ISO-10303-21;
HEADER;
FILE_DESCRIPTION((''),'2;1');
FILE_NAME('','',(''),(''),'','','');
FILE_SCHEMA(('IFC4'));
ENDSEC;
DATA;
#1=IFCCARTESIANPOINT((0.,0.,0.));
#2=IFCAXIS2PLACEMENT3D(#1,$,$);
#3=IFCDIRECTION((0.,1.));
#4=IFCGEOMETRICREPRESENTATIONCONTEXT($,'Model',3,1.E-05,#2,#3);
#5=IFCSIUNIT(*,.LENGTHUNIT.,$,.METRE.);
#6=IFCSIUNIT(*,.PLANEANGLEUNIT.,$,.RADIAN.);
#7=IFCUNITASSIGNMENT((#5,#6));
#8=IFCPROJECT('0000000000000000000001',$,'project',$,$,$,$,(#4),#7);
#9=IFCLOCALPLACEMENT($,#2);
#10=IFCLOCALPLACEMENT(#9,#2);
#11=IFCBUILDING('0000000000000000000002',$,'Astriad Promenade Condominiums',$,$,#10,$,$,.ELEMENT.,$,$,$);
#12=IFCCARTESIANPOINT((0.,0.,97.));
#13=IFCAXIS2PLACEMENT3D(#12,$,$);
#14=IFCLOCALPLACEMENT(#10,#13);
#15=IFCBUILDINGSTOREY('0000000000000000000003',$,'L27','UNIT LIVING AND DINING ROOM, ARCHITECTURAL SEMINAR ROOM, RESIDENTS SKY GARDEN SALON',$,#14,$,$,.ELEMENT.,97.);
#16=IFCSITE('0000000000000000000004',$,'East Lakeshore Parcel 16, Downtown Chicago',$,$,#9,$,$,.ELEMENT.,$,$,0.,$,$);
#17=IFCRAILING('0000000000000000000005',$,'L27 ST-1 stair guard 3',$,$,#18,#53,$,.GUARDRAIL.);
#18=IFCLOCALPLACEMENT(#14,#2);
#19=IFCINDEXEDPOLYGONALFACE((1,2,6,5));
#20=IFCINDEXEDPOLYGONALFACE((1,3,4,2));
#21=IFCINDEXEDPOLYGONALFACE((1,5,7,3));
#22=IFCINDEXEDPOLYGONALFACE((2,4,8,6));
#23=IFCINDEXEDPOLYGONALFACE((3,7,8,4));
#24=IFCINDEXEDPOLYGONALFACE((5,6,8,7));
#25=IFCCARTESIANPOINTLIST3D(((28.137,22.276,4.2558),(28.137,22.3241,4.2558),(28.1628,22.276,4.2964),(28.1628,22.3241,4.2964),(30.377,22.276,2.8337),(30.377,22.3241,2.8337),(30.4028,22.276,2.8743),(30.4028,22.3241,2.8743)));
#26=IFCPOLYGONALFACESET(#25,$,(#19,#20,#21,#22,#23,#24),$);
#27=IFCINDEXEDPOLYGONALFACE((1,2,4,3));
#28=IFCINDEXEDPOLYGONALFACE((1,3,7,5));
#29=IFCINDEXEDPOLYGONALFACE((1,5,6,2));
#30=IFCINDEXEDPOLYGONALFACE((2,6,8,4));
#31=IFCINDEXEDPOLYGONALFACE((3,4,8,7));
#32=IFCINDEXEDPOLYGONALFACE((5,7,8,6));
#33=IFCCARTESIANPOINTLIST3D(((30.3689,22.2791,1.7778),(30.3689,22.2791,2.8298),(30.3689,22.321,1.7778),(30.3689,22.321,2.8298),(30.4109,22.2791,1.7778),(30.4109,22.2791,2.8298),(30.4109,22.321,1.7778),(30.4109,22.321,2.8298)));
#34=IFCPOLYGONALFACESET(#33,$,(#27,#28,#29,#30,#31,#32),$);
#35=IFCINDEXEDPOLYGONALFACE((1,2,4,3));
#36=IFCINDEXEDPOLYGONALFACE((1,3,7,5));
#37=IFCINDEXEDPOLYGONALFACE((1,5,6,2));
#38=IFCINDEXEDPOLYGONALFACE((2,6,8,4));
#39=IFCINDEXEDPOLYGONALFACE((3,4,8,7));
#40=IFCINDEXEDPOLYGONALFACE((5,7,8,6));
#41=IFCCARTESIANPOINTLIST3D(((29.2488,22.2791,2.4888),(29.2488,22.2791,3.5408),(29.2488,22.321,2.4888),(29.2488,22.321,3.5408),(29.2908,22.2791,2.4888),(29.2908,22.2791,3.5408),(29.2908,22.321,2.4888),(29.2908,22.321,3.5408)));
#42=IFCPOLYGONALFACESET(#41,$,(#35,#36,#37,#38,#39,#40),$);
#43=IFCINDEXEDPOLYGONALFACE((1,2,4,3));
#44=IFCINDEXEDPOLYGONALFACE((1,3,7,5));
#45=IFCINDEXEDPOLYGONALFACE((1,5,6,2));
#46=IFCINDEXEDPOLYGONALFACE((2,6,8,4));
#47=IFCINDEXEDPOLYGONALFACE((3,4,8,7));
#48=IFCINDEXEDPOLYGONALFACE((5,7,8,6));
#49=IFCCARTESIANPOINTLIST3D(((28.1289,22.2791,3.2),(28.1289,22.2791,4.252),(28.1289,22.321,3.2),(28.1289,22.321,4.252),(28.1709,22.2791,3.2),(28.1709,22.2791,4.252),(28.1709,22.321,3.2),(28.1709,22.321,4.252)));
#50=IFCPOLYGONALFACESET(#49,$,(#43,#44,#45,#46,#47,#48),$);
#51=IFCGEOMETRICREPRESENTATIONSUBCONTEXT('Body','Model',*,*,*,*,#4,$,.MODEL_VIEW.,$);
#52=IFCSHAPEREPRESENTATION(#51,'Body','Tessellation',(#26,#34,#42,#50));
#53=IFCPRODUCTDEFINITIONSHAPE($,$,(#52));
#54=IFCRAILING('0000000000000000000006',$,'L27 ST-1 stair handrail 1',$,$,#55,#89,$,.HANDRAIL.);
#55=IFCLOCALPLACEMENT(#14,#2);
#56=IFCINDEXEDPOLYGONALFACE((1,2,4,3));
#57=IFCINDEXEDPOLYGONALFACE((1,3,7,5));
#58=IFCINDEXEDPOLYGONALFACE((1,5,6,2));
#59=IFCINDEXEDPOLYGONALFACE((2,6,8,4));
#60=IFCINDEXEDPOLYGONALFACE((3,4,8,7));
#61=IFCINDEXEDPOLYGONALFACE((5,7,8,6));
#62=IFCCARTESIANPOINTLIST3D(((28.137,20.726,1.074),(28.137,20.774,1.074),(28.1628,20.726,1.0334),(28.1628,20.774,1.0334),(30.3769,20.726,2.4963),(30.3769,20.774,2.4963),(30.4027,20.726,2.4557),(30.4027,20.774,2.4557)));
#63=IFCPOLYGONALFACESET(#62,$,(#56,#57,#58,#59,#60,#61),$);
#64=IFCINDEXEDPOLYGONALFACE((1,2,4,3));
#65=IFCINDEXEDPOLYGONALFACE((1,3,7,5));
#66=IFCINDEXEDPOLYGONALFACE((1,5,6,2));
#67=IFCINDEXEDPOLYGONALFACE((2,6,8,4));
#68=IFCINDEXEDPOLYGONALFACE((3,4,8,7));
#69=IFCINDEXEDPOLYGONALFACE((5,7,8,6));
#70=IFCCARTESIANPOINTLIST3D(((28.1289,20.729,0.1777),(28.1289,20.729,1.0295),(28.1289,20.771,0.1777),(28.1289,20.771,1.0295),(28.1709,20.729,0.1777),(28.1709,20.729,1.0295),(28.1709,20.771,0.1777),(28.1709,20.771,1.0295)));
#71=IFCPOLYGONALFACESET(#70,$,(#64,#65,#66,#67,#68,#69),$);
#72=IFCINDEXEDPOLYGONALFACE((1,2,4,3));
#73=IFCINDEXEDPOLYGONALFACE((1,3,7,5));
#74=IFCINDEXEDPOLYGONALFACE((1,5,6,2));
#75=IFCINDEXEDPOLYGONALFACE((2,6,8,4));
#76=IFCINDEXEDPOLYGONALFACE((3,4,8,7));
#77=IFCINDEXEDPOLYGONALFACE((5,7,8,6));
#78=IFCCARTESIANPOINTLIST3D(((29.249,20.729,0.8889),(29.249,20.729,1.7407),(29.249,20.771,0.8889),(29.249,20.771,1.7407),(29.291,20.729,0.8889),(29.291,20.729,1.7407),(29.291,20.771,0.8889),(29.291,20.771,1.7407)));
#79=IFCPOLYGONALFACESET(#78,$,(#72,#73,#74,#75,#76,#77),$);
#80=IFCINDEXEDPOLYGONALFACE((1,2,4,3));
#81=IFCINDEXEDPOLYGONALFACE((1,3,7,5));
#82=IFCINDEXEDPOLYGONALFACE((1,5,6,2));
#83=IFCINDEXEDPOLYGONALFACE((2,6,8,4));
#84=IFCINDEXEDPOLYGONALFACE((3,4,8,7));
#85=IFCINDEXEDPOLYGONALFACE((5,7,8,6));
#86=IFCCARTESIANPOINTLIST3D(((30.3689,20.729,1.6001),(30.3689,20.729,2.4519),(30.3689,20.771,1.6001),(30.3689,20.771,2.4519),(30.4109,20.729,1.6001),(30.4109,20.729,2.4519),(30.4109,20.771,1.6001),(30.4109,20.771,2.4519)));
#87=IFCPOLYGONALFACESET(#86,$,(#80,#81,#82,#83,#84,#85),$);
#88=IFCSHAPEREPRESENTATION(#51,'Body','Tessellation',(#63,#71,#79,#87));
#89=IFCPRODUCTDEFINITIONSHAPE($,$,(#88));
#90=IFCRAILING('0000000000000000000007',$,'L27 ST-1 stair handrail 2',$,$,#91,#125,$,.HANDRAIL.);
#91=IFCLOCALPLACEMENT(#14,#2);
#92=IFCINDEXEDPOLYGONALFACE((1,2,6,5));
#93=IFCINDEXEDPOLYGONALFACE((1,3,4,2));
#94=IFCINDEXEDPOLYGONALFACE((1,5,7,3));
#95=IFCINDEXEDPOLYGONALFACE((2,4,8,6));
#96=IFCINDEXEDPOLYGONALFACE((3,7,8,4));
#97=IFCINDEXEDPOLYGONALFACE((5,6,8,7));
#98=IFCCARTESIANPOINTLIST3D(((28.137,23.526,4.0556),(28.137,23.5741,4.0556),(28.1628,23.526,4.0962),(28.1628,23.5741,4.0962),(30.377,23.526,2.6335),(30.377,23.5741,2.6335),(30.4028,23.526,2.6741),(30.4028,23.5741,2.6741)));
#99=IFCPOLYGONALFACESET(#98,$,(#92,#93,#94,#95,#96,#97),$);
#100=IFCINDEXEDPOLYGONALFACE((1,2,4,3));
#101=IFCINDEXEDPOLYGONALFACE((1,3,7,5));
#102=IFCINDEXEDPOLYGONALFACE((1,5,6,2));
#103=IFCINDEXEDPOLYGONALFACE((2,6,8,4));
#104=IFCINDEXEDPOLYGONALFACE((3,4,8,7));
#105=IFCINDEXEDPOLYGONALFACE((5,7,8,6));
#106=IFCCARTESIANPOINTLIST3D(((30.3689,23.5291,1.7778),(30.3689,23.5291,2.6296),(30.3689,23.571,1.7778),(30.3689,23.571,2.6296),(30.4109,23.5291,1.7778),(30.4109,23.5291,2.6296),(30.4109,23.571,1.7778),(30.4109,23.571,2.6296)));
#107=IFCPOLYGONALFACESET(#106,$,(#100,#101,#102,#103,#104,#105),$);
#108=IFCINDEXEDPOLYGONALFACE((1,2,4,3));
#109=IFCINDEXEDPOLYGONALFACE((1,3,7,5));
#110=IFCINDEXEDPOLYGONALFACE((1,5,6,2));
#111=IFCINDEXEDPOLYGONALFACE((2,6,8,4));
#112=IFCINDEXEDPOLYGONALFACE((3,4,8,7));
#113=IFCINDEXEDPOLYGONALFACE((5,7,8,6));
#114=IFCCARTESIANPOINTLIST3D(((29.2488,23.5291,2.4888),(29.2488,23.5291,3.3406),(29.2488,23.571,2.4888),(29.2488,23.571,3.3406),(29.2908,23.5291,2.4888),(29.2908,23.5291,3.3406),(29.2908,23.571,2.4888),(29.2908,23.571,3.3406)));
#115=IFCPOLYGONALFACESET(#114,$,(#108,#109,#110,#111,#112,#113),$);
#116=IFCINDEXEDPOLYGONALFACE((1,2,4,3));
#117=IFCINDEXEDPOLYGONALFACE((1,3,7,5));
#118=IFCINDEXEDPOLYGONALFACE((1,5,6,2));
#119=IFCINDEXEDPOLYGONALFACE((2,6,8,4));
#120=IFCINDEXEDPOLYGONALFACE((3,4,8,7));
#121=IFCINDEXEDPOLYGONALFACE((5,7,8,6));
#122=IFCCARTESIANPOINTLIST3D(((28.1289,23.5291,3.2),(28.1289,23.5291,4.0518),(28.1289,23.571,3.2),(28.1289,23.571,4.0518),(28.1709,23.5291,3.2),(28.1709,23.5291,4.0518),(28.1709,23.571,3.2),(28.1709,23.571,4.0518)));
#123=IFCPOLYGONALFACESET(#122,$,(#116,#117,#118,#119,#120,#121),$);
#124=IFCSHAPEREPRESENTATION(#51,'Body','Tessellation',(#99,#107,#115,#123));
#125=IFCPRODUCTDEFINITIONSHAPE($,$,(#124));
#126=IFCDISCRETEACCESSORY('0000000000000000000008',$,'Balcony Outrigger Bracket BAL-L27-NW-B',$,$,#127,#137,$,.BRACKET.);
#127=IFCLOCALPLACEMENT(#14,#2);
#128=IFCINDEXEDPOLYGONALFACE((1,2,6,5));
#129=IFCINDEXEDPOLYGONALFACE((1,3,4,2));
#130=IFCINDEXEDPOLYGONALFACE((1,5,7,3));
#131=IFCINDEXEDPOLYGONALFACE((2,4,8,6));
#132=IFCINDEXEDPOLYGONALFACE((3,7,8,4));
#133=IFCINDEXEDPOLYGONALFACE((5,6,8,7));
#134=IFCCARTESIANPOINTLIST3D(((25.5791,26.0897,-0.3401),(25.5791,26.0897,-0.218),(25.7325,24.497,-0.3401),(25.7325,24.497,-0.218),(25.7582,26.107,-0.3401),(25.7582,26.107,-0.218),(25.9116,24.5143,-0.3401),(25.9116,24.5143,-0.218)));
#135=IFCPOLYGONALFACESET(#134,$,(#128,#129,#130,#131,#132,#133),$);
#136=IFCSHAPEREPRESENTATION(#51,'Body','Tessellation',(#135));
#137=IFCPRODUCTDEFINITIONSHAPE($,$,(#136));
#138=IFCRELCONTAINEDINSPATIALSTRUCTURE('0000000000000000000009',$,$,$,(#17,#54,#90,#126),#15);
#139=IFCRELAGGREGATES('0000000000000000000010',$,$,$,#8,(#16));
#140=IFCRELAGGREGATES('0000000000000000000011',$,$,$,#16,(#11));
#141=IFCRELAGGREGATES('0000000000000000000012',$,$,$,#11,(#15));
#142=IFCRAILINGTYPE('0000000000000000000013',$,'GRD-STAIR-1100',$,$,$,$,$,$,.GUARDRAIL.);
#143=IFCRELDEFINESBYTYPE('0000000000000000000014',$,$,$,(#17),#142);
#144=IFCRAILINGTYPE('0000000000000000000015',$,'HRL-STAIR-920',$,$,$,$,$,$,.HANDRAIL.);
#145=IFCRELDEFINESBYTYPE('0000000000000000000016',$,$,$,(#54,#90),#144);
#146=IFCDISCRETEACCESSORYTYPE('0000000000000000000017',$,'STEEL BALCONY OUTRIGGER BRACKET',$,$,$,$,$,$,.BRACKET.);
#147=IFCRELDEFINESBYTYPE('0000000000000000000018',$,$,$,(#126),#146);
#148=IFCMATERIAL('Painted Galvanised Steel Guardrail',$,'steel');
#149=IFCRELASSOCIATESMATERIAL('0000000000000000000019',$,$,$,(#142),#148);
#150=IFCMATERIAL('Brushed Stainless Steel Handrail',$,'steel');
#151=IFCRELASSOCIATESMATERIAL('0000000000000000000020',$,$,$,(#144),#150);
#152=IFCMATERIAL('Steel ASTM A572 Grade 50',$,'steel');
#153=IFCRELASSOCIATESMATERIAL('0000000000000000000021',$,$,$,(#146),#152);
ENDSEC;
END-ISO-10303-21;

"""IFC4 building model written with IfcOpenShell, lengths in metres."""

from ifc_helpers import new_model, si_unit, direction, frame, origin, origin_2d, place, context, subcontext, project, spatial, rectangle, extrude, source, transform, mapped, material, type_object, type_shapes, element, save


model = new_model("IFC4")

# Units and contexts
model_context = context("Model", 3, precision=1e-05, world=origin(), true_north=direction((0.0, 1.0)))
body_context = subcontext(model_context, "Body", "Model", "MODEL_VIEW")
ifc_project = project(units=[si_unit("LENGTHUNIT", "METRE"), si_unit("PLANEANGLEUNIT", "RADIAN")], contexts=[model_context])

# Site, building, storey
site_placement = place(None, origin())
site = spatial("IfcSite", under=ifc_project, at=site_placement, Name="East Lakeshore Parcel 16, Downtown Chicago", CompositionType="ELEMENT", RefElevation=0.0)
building_placement = place(site_placement, origin())
building = spatial("IfcBuilding", under=site, at=building_placement, Name="Astriad Promenade Condominiums", CompositionType="ELEMENT")
storey_placement = place(building_placement, frame((0.0, 0.0, 97.0)))
storey = spatial("IfcBuildingStorey", under=building, at=storey_placement, Name="L27", Description="UNIT LIVING AND DINING ROOM, ARCHITECTURAL SEMINAR ROOM, RESIDENTS SKY GARDEN SALON", CompositionType="ELEMENT", Elevation=97.0)

# Railings
ifc_material_1 = material(Name="Painted Galvanised Steel Guardrail", Category="steel")
railing_type_1 = type_object("IfcRailingType", Name="GRD-STAIR-1100", PredefinedType="GUARDRAIL", material=ifc_material_1)
shared_shape_1 = source(origin(), body_context, "Body", "SweptSolid", [
    extrude(rectangle(XDim=0.0481, YDim=0.0481, at=origin_2d()), frame((0.0, 0.0, 1.0762), z_axis=(-0.844229, 0.0, 0.535982), x_axis=(0.0, -1.0, 0.0)), (0.0, 0.0, 1.0), 2.6533),
    extrude(rectangle(XDim=0.042, YDim=0.042, at=origin_2d()), origin(), (0.0, 0.0, 1.0), 1.052),
    extrude(rectangle(XDim=0.042, YDim=0.042, at=origin_2d()), frame((-1.1201, 0.0, 0.7109)), (0.0, 0.0, 1.0), 1.052),
    extrude(rectangle(XDim=0.042, YDim=0.042, at=origin_2d()), frame((-2.24, 0.0, 1.4221)), (0.0, 0.0, 1.0), 1.052),
])
railing_1_placement = place(storey_placement, frame((30.3899, 22.3, 1.7778)))
element("IfcRailing", 1, at=railing_1_placement, inside=storey, type_object=railing_type_1, Name="L27 ST-1 stair guard 3", PredefinedType="GUARDRAIL", context=body_context, shape_type="MappedRepresentation", body=[
    mapped(shared_shape_1, transform((0.0, 0.0, 0.0), scale=1.0)),
])
ifc_material_2 = material(Name="Brushed Stainless Steel Handrail", Category="steel")
railing_type_2 = type_object("IfcRailingType", Name="HRL-STAIR-920", PredefinedType="HANDRAIL", material=ifc_material_2)
shared_shape_2 = source(origin(), body_context, "Body", "SweptSolid", [
    extrude(rectangle(XDim=0.0481, YDim=0.0481, at=origin_2d()), frame((0.0, 0.0, 0.876), z_axis=(0.844188, 0.0, 0.536048), x_axis=(0.0, 1.0, 0.0)), (0.0, 0.0, 1.0), 2.6533),
    extrude(rectangle(XDim=0.042, YDim=0.042, at=origin_2d()), origin(), (0.0, 0.0, 1.0), 0.8518),
    extrude(rectangle(XDim=0.042, YDim=0.042, at=origin_2d()), frame((1.1201, 0.0, 0.7112)), (0.0, 0.0, 1.0), 0.8518),
    extrude(rectangle(XDim=0.042, YDim=0.042, at=origin_2d()), frame((2.24, 0.0, 1.4224)), (0.0, 0.0, 1.0), 0.8518),
])
railing_2_placement = place(storey_placement, frame((28.1499, 20.75, 0.1777)))
element("IfcRailing", 2, at=railing_2_placement, inside=storey, type_object=railing_type_2, Name="L27 ST-1 stair handrail 1", PredefinedType="HANDRAIL", context=body_context, shape_type="MappedRepresentation", body=[
    mapped(shared_shape_2, transform((0.0, 0.0, 0.0), scale=1.0)),
])
shared_shape_3 = source(origin(), body_context, "Body", "SweptSolid", [
    extrude(rectangle(XDim=0.0481, YDim=0.0481, at=origin_2d()), frame((0.0, 0.0, 0.876), z_axis=(-0.844229, 0.0, 0.535982), x_axis=(0.0, -1.0, 0.0)), (0.0, 0.0, 1.0), 2.6533),
    extrude(rectangle(XDim=0.042, YDim=0.042, at=origin_2d()), origin(), (0.0, 0.0, 1.0), 0.8518),
    extrude(rectangle(XDim=0.042, YDim=0.042, at=origin_2d()), frame((-1.1201, 0.0, 0.7109)), (0.0, 0.0, 1.0), 0.8518),
    extrude(rectangle(XDim=0.042, YDim=0.042, at=origin_2d()), frame((-2.24, 0.0, 1.4221)), (0.0, 0.0, 1.0), 0.8518),
])
type_shapes(railing_type_2, [shared_shape_2, shared_shape_3])
railing_3_placement = place(storey_placement, frame((30.3899, 23.55, 1.7778)))
element("IfcRailing", 3, at=railing_3_placement, inside=storey, type_object=railing_type_2, Name="L27 ST-1 stair handrail 2", PredefinedType="HANDRAIL", context=body_context, shape_type="MappedRepresentation", body=[
    mapped(shared_shape_3, transform((0.0, 0.0, 0.0), scale=1.0)),
])

# Discrete accessory
ifc_material_3 = material(Name="Steel ASTM A572 Grade 50", Category="steel")
discrete_accessory_type = type_object("IfcDiscreteAccessoryType", Name="STEEL BALCONY OUTRIGGER BRACKET", PredefinedType="BRACKET", material=ifc_material_3)
shared_shape_4 = source(origin(), body_context, "Body", "SweptSolid", [
    extrude(rectangle(XDim=1.6001, YDim=0.1799, at=origin_2d()), origin(), (0.0, 0.0, 1.0), 0.1221),
])
type_shapes(discrete_accessory_type, [shared_shape_4])
discrete_accessory_placement = place(storey_placement, frame((25.7454, 25.302, -0.3401), z_axis=(0.0, 0.0, 1.0), x_axis=(-0.095846, 0.995396, 0.0)))
element("IfcDiscreteAccessory", 4, at=discrete_accessory_placement, inside=storey, type_object=discrete_accessory_type, Name="Balcony Outrigger Bracket BAL-L27-NW-B", PredefinedType="BRACKET", context=body_context, shape_type="MappedRepresentation", body=[
    mapped(shared_shape_4, transform((0.0, 0.0, 0.0), scale=1.0)),
])

save(model, "model.ifc")
